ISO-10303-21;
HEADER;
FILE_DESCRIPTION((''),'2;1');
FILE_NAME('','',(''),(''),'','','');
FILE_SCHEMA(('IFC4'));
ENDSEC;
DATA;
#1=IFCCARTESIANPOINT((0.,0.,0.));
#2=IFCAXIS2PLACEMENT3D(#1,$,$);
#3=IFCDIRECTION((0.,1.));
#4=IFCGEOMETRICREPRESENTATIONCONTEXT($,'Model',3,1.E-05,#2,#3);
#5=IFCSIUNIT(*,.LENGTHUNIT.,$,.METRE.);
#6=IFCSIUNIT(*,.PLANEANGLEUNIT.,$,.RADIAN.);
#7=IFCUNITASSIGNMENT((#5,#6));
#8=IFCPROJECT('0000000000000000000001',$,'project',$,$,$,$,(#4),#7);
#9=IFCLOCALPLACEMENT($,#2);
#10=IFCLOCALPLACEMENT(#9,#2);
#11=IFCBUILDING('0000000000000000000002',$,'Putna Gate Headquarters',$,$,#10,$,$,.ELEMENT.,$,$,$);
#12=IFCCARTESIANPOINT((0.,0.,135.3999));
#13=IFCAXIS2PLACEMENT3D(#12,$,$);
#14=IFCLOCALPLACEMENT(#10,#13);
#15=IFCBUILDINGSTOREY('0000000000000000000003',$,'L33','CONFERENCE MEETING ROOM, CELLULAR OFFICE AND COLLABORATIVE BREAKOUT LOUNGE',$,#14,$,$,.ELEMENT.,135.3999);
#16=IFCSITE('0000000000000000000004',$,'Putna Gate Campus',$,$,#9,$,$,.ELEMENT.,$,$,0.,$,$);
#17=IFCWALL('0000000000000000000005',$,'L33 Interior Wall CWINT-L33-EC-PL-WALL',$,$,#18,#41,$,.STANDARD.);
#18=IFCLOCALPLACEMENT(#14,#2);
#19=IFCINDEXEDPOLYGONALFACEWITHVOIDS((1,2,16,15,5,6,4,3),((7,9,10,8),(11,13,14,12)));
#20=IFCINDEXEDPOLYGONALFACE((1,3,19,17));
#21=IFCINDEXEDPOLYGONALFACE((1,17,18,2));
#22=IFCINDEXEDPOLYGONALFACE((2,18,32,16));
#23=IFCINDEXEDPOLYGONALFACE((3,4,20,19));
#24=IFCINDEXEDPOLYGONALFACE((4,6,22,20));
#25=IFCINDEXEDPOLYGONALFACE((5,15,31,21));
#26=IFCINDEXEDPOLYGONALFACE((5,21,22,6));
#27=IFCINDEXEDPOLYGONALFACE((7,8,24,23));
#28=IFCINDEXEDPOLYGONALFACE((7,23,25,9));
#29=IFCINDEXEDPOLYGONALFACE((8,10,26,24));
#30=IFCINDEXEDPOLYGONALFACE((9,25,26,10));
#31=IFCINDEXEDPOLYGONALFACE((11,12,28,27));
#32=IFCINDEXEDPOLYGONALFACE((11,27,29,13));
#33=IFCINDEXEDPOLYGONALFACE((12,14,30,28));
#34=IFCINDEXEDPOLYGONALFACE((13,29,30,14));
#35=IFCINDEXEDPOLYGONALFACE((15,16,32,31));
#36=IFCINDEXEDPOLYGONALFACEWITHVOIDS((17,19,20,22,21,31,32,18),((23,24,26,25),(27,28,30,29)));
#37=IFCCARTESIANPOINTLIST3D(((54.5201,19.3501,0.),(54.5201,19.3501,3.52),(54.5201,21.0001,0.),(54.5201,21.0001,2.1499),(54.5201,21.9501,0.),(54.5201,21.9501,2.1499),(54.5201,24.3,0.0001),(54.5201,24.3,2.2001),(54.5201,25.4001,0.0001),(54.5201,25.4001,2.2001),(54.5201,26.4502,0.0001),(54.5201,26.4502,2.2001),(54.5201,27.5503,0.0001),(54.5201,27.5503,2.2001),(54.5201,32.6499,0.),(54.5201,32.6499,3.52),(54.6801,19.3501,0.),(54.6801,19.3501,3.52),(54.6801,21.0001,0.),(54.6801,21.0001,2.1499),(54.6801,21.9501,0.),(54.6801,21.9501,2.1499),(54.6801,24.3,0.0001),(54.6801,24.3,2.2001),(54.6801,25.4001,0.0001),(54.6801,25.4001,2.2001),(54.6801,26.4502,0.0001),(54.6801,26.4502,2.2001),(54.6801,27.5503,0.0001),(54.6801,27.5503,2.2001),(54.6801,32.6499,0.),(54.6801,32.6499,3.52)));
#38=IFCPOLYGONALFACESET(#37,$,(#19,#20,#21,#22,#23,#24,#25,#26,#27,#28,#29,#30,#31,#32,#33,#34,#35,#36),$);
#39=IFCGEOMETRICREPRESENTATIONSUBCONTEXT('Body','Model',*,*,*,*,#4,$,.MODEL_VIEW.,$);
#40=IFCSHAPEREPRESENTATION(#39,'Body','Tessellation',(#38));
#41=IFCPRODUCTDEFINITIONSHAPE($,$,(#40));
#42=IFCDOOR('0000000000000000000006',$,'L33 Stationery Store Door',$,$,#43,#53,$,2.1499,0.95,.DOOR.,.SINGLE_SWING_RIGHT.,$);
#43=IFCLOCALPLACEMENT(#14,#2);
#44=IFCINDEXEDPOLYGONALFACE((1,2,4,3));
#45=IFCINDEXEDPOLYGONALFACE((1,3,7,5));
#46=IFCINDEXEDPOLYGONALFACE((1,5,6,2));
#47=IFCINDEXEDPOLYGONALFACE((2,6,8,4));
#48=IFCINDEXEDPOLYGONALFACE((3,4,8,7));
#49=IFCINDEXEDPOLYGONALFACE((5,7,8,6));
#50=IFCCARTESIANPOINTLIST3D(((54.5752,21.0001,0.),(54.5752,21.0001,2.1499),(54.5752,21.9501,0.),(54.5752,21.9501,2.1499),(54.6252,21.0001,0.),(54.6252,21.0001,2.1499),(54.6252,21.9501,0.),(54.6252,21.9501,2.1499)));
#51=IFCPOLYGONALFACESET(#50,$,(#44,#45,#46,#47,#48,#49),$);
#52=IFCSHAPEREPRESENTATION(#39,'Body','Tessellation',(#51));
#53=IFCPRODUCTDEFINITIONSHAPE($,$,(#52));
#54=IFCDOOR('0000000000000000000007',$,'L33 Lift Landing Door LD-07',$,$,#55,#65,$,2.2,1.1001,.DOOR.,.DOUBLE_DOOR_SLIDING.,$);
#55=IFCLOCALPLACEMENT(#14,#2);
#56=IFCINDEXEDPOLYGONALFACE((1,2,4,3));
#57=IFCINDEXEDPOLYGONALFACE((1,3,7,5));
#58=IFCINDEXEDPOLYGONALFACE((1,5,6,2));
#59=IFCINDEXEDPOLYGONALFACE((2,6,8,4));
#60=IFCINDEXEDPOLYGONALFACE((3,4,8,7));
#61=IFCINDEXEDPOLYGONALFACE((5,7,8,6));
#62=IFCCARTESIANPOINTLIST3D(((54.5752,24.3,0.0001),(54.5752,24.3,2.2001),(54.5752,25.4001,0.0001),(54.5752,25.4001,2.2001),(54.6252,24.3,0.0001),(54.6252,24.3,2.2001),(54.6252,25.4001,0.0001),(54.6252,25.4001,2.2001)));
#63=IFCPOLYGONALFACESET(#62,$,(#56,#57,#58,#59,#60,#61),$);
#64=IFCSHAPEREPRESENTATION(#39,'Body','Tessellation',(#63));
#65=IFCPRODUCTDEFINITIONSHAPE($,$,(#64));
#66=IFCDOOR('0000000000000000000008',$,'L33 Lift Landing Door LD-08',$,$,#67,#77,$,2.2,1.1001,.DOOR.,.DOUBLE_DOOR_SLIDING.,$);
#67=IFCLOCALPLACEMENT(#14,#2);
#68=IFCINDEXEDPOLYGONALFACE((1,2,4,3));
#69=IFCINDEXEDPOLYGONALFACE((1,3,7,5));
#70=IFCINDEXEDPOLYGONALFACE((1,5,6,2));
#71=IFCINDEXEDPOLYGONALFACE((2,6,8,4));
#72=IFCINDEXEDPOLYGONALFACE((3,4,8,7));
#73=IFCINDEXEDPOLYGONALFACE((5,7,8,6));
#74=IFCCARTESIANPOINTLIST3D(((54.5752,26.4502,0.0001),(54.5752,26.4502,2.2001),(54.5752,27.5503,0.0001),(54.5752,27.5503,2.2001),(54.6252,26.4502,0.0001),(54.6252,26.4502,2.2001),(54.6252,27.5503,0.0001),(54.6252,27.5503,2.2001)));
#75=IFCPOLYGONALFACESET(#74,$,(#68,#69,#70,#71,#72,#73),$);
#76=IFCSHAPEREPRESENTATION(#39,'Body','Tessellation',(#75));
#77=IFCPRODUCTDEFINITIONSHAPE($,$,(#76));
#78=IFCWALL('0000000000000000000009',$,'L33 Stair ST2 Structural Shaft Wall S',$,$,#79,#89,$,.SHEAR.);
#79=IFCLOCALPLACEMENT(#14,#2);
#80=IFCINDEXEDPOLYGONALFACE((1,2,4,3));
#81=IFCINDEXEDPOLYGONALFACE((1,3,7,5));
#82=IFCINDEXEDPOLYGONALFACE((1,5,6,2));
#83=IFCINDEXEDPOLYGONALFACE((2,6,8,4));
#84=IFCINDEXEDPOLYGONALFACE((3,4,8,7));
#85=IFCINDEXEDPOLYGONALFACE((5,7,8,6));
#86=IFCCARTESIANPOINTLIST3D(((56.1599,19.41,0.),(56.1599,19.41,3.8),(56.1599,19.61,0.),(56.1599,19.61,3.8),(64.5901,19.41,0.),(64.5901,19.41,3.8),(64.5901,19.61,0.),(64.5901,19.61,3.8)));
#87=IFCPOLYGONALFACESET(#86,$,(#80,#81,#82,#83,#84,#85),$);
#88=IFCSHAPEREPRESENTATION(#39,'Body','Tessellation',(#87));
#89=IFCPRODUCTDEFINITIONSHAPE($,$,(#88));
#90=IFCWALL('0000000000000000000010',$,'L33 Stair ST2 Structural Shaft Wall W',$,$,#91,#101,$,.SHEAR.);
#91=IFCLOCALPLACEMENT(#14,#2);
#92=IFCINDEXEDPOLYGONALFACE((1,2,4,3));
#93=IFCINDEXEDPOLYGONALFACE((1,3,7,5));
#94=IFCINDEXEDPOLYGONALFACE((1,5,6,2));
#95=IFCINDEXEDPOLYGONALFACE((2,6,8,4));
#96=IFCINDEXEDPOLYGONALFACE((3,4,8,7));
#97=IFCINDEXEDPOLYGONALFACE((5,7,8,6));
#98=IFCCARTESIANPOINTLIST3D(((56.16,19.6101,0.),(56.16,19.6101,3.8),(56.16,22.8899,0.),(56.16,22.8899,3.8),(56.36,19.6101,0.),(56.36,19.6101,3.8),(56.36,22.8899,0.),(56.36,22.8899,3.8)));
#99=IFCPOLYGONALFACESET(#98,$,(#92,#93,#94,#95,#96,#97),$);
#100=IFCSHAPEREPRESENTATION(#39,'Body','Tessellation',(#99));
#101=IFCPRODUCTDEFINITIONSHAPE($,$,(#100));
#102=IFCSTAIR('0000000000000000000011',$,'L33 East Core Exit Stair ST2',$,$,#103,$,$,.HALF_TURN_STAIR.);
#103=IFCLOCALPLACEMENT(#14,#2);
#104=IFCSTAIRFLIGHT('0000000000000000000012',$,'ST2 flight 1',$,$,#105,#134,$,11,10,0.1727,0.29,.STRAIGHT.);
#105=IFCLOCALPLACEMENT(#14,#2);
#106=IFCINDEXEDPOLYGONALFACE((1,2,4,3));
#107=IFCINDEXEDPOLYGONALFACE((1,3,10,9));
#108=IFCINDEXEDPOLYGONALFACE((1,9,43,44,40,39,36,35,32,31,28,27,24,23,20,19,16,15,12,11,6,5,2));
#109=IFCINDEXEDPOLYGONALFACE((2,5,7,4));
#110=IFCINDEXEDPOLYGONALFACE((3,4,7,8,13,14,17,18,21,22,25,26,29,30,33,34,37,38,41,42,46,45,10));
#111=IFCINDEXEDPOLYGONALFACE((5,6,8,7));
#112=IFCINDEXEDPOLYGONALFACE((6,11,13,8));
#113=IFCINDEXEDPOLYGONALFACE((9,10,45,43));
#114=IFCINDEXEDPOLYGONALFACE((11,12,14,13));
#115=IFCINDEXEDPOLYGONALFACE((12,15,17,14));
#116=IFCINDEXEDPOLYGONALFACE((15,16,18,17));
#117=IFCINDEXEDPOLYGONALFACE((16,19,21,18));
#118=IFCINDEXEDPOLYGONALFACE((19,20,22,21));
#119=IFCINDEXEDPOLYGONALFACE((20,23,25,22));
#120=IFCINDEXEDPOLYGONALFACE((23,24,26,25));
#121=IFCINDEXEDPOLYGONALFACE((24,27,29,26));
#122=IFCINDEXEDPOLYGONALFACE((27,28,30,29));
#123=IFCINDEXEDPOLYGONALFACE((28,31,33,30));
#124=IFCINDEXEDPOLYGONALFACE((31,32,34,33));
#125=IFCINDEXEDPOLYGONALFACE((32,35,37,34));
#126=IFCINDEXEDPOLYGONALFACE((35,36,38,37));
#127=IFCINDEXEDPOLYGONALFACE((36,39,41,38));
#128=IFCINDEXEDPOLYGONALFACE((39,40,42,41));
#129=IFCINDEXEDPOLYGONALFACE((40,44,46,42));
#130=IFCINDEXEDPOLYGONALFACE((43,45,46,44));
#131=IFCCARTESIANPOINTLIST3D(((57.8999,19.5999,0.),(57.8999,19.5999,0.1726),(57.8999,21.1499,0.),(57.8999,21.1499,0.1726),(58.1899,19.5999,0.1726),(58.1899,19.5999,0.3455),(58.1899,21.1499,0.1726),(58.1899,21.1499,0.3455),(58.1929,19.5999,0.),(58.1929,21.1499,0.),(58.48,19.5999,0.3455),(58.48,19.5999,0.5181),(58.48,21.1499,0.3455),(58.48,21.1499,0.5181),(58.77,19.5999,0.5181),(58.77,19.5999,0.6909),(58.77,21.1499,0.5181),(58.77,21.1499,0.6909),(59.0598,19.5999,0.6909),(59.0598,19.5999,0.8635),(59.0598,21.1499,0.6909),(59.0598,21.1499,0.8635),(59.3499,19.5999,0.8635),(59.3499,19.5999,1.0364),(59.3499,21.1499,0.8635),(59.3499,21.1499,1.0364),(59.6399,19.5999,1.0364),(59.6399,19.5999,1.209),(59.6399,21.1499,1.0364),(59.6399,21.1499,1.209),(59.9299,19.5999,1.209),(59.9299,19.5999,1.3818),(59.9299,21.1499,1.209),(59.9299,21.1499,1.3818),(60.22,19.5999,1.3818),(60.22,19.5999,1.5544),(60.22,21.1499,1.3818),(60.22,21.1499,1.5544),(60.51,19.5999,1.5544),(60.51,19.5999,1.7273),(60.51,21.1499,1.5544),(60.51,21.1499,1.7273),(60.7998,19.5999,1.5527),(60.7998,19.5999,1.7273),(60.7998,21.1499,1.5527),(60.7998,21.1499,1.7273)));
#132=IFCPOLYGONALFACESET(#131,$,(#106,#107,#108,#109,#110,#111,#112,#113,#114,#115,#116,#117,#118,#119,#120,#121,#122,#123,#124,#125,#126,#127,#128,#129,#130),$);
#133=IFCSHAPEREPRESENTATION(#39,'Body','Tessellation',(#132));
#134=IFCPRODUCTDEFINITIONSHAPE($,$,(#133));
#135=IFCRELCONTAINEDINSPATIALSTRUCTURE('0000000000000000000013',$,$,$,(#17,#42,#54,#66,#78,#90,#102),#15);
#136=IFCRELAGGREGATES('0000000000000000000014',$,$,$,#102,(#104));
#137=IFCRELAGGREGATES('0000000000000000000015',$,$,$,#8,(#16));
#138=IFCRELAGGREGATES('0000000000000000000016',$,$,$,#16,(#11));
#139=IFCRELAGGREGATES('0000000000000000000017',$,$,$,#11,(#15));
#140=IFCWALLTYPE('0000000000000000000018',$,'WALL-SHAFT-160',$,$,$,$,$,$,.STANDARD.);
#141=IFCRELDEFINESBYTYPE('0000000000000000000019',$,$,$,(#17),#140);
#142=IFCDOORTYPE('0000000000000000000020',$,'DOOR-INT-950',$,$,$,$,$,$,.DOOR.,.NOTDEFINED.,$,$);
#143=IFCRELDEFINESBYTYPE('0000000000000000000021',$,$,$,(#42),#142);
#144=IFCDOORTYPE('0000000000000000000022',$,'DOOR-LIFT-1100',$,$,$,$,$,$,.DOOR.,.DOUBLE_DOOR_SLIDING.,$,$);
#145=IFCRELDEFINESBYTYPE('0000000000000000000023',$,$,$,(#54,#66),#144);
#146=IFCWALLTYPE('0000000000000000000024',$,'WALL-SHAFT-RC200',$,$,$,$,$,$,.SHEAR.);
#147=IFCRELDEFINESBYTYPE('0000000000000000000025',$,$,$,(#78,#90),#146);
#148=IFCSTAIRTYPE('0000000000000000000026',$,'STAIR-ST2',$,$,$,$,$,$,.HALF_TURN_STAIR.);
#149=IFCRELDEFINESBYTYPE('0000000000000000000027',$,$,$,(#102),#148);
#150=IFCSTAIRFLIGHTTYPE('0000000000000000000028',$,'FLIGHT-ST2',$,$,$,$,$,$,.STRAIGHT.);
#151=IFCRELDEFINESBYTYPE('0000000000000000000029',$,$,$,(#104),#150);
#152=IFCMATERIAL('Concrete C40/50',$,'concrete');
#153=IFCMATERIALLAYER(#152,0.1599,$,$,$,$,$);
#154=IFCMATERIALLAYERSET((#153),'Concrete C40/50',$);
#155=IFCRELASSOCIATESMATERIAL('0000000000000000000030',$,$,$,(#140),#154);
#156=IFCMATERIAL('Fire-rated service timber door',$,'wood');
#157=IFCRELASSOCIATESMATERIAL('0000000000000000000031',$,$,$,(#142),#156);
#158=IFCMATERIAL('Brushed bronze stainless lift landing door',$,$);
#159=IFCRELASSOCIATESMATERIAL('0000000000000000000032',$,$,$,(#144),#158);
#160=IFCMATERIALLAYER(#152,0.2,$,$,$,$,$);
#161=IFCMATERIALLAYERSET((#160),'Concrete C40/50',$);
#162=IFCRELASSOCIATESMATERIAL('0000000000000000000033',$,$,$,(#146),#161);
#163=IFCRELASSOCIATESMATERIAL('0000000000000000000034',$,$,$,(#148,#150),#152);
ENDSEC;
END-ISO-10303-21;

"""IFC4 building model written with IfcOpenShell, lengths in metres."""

from ifc_helpers import new_model, si_unit, direction, frame, frame_2d, origin, place, context, subcontext, project, spatial, polyline, rectangle, outline, extrude, material, layer, layer_set, type_object, element, fill, aggregate, save


model = new_model("IFC4")

# Units and contexts
model_context = context("Model", 3, precision=1e-05, world=origin(), true_north=direction((0.0, 1.0)))
body_context = subcontext(model_context, "Body", "Model", "MODEL_VIEW")
ifc_project = project(units=[si_unit("LENGTHUNIT", "METRE"), si_unit("PLANEANGLEUNIT", "RADIAN")], contexts=[model_context])

# Site, building, storey
site_placement = place(None, origin())
site = spatial("IfcSite", under=ifc_project, at=site_placement, Name="Putna Gate Campus", CompositionType="ELEMENT", RefElevation=0.0)
building_placement = place(site_placement, origin())
building = spatial("IfcBuilding", under=site, at=building_placement, Name="Putna Gate Headquarters", CompositionType="ELEMENT")
storey_placement = place(building_placement, frame((0.0, 0.0, 135.3999)))
storey = spatial("IfcBuildingStorey", under=building, at=storey_placement, Name="L33", Description="CONFERENCE MEETING ROOM, CELLULAR OFFICE AND COLLABORATIVE BREAKOUT LOUNGE", CompositionType="ELEMENT", Elevation=135.3999)

# Wall, openings, doors
ifc_material_1 = material(Name="Concrete C40/50", Category="concrete")
ifc_layer_1 = layer(ifc_material_1, 0.1599)
ifc_layer_set_1 = layer_set([ifc_layer_1], Name="Concrete C40/50")
wall_type_1 = type_object("IfcWallType", Name="WALL-SHAFT-160", PredefinedType="STANDARD", material=ifc_layer_set_1)
wall_1_placement = place(storey_placement, frame((54.6001, 19.3501, 0.0), z_axis=(0.0, 0.0, 1.0), x_axis=(0.0, 1.0, 0.0)))
wall_1 = element("IfcWall", 1, at=wall_1_placement, inside=storey, type_object=wall_type_1, Name="L33 Interior Wall CWINT-L33-EC-PL-WALL", PredefinedType="STANDARD", context=body_context, shape_type="SweptSolid", body=[
    extrude(rectangle(XDim=13.2998, YDim=0.1599, at=frame_2d((6.6499, 0.0))), origin(), (0.0, 0.0, 1.0), 3.52),
])
opening_1_placement = place(wall_1_placement, frame((1.6499, 0.0, 0.0)))
opening_1 = element("IfcOpeningElement", 2, at=opening_1_placement, cuts=wall_1, PredefinedType="OPENING", context=body_context, shape_type="SweptSolid", body=[
    extrude(rectangle(XDim=0.95, YDim=2.1499, at=frame_2d((0.4751, 1.075))), frame((0.0, 0.0898, 0.0), z_axis=(0.0, -1.0, 0.0), x_axis=(1.0, 0.0, 0.0)), (0.0, 0.0, 1.0), 0.1799),
])
opening_2_placement = place(wall_1_placement, frame((4.95, 0.0, 0.0)))
opening_2 = element("IfcOpeningElement", 3, at=opening_2_placement, cuts=wall_1, PredefinedType="OPENING", context=body_context, shape_type="SweptSolid", body=[
    extrude(rectangle(XDim=1.1001, YDim=2.2, at=frame_2d((0.55, 1.1001))), frame((0.0, 0.0898, 0.0), z_axis=(0.0, -1.0, 0.0), x_axis=(1.0, 0.0, 0.0)), (0.0, 0.0, 1.0), 0.1799),
])
opening_3_placement = place(wall_1_placement, frame((7.1001, 0.0, 0.0)))
opening_3 = element("IfcOpeningElement", 4, at=opening_3_placement, cuts=wall_1, PredefinedType="OPENING", context=body_context, shape_type="SweptSolid", body=[
    extrude(rectangle(XDim=1.1001, YDim=2.2, at=frame_2d((0.55, 1.1001))), frame((0.0, 0.0898, 0.0), z_axis=(0.0, -1.0, 0.0), x_axis=(1.0, 0.0, 0.0)), (0.0, 0.0, 1.0), 0.1799),
])
ifc_material_2 = material(Name="Fire-rated service timber door", Category="wood")
door_type_1 = type_object("IfcDoorType", Name="DOOR-INT-950", OperationType="NOTDEFINED", PredefinedType="DOOR", material=ifc_material_2)
door_1_placement = place(opening_1_placement, origin())
door_1 = element("IfcDoor", 5, at=door_1_placement, inside=storey, type_object=door_type_1, Name="L33 Stationery Store Door", OperationType="SINGLE_SWING_RIGHT", OverallHeight=2.1499, OverallWidth=0.95, PredefinedType="DOOR", context=body_context, shape_type="SweptSolid", body=[
    extrude(rectangle(XDim=0.95, YDim=2.1499, at=frame_2d((0.4751, 1.075))), frame((0.0, 0.0249, 0.0), z_axis=(0.0, -1.0, 0.0), x_axis=(1.0, 0.0, 0.0)), (0.0, 0.0, 1.0), 0.05),
])
fill(opening_1, door_1)
ifc_material_3 = material(Name="Brushed bronze stainless lift landing door")
door_type_2 = type_object("IfcDoorType", Name="DOOR-LIFT-1100", OperationType="DOUBLE_DOOR_SLIDING", PredefinedType="DOOR", material=ifc_material_3)
door_2_placement = place(opening_2_placement, origin())
door_2 = element("IfcDoor", 6, at=door_2_placement, inside=storey, type_object=door_type_2, Name="L33 Lift Landing Door LD-07", OperationType="DOUBLE_DOOR_SLIDING", OverallHeight=2.2, OverallWidth=1.1001, PredefinedType="DOOR", context=body_context, shape_type="SweptSolid", body=[
    extrude(rectangle(XDim=1.1001, YDim=2.2, at=frame_2d((0.55, 1.1001))), frame((0.0, 0.0249, 0.0), z_axis=(0.0, -1.0, 0.0), x_axis=(1.0, 0.0, 0.0)), (0.0, 0.0, 1.0), 0.05),
])
fill(opening_2, door_2)
door_3_placement = place(opening_3_placement, origin())
door_3 = element("IfcDoor", 7, at=door_3_placement, inside=storey, type_object=door_type_2, Name="L33 Lift Landing Door LD-08", OperationType="DOUBLE_DOOR_SLIDING", OverallHeight=2.2, OverallWidth=1.1001, PredefinedType="DOOR", context=body_context, shape_type="SweptSolid", body=[
    extrude(rectangle(XDim=1.1001, YDim=2.2, at=frame_2d((0.55, 1.1001))), frame((0.0, 0.0249, 0.0), z_axis=(0.0, -1.0, 0.0), x_axis=(1.0, 0.0, 0.0)), (0.0, 0.0, 1.0), 0.05),
])
fill(opening_3, door_3)

# Walls
ifc_layer_2 = layer(ifc_material_1, 0.2)
ifc_layer_set_2 = layer_set([ifc_layer_2], Name="Concrete C40/50")
wall_type_2 = type_object("IfcWallType", Name="WALL-SHAFT-RC200", PredefinedType="SHEAR", material=ifc_layer_set_2)
wall_2_placement = place(storey_placement, frame((56.1599, 19.51, 0.0), z_axis=(0.0, 0.0, 1.0), x_axis=(1.0, 0.0, 0.0)))
element("IfcWall", 8, at=wall_2_placement, inside=storey, type_object=wall_type_2, Name="L33 Stair ST2 Structural Shaft Wall S", PredefinedType="SHEAR", context=body_context, shape_type="SweptSolid", body=[
    extrude(rectangle(XDim=8.4302, YDim=0.2, at=frame_2d((4.2151, 0.0))), origin(), (0.0, 0.0, 1.0), 3.8),
])
wall_3_placement = place(storey_placement, frame((56.26, 19.6101, 0.0), z_axis=(0.0, 0.0, 1.0), x_axis=(0.0, 1.0, 0.0)))
element("IfcWall", 9, at=wall_3_placement, inside=storey, type_object=wall_type_2, Name="L33 Stair ST2 Structural Shaft Wall W", PredefinedType="SHEAR", context=body_context, shape_type="SweptSolid", body=[
    extrude(rectangle(XDim=3.2798, YDim=0.2, at=frame_2d((1.6399, 0.0))), origin(), (0.0, 0.0, 1.0), 3.8),
])

# Stair, stair flight
stair_type = type_object("IfcStairType", Name="STAIR-ST2", PredefinedType="HALF_TURN_STAIR", material=ifc_material_1)
stair_placement = place(storey_placement, origin())
stair = element("IfcStair", 10, at=stair_placement, inside=storey, type_object=stair_type, Name="L33 East Core Exit Stair ST2", PredefinedType="HALF_TURN_STAIR")
stair_flight_type = type_object("IfcStairFlightType", Name="FLIGHT-ST2", PredefinedType="STRAIGHT", material=ifc_material_1)
stair_flight_placement = place(storey_placement, frame((57.8999, 20.375, 0.0), z_axis=(0.0, 0.0, 1.0), x_axis=(1.0, 0.0, 0.0)))
stair_flight = element("IfcStairFlight", 11, at=stair_flight_placement, type_object=stair_flight_type, Name="ST2 flight 1", NumberOfRisers=11, NumberOfTreads=10, PredefinedType="STRAIGHT", RiserHeight=0.1727, TreadLength=0.29, context=body_context, shape_type="SweptSolid", body=[
    extrude(outline(polyline([(0.0, 0.0), (0.0, 0.1726), (0.29, 0.1726), (0.29, 0.3455), (0.5801, 0.3455), (0.5801, 0.5181), (0.8701, 0.5181), (0.8701, 0.6909), (1.1599, 0.6909), (1.1599, 0.8635), (1.45, 0.8635), (1.45, 1.0364), (1.74, 1.0364), (1.74, 1.209), (2.03, 1.209), (2.03, 1.3818), (2.3201, 1.3818), (2.3201, 1.5544), (2.6101, 1.5544), (2.6101, 1.7273), (2.8999, 1.7273), (2.8999, 1.8999), (2.8999, 1.5527), (0.293, 0.0), (0.0, 0.0)])), frame((0.0, 0.7749, 0.0), z_axis=(0.0, -1.0, 0.0), x_axis=(1.0, 0.0, 0.0)), (0.0, 0.0, 1.0), 1.55),
])
aggregate(stair, [stair_flight])

save(model, "model.ifc")
